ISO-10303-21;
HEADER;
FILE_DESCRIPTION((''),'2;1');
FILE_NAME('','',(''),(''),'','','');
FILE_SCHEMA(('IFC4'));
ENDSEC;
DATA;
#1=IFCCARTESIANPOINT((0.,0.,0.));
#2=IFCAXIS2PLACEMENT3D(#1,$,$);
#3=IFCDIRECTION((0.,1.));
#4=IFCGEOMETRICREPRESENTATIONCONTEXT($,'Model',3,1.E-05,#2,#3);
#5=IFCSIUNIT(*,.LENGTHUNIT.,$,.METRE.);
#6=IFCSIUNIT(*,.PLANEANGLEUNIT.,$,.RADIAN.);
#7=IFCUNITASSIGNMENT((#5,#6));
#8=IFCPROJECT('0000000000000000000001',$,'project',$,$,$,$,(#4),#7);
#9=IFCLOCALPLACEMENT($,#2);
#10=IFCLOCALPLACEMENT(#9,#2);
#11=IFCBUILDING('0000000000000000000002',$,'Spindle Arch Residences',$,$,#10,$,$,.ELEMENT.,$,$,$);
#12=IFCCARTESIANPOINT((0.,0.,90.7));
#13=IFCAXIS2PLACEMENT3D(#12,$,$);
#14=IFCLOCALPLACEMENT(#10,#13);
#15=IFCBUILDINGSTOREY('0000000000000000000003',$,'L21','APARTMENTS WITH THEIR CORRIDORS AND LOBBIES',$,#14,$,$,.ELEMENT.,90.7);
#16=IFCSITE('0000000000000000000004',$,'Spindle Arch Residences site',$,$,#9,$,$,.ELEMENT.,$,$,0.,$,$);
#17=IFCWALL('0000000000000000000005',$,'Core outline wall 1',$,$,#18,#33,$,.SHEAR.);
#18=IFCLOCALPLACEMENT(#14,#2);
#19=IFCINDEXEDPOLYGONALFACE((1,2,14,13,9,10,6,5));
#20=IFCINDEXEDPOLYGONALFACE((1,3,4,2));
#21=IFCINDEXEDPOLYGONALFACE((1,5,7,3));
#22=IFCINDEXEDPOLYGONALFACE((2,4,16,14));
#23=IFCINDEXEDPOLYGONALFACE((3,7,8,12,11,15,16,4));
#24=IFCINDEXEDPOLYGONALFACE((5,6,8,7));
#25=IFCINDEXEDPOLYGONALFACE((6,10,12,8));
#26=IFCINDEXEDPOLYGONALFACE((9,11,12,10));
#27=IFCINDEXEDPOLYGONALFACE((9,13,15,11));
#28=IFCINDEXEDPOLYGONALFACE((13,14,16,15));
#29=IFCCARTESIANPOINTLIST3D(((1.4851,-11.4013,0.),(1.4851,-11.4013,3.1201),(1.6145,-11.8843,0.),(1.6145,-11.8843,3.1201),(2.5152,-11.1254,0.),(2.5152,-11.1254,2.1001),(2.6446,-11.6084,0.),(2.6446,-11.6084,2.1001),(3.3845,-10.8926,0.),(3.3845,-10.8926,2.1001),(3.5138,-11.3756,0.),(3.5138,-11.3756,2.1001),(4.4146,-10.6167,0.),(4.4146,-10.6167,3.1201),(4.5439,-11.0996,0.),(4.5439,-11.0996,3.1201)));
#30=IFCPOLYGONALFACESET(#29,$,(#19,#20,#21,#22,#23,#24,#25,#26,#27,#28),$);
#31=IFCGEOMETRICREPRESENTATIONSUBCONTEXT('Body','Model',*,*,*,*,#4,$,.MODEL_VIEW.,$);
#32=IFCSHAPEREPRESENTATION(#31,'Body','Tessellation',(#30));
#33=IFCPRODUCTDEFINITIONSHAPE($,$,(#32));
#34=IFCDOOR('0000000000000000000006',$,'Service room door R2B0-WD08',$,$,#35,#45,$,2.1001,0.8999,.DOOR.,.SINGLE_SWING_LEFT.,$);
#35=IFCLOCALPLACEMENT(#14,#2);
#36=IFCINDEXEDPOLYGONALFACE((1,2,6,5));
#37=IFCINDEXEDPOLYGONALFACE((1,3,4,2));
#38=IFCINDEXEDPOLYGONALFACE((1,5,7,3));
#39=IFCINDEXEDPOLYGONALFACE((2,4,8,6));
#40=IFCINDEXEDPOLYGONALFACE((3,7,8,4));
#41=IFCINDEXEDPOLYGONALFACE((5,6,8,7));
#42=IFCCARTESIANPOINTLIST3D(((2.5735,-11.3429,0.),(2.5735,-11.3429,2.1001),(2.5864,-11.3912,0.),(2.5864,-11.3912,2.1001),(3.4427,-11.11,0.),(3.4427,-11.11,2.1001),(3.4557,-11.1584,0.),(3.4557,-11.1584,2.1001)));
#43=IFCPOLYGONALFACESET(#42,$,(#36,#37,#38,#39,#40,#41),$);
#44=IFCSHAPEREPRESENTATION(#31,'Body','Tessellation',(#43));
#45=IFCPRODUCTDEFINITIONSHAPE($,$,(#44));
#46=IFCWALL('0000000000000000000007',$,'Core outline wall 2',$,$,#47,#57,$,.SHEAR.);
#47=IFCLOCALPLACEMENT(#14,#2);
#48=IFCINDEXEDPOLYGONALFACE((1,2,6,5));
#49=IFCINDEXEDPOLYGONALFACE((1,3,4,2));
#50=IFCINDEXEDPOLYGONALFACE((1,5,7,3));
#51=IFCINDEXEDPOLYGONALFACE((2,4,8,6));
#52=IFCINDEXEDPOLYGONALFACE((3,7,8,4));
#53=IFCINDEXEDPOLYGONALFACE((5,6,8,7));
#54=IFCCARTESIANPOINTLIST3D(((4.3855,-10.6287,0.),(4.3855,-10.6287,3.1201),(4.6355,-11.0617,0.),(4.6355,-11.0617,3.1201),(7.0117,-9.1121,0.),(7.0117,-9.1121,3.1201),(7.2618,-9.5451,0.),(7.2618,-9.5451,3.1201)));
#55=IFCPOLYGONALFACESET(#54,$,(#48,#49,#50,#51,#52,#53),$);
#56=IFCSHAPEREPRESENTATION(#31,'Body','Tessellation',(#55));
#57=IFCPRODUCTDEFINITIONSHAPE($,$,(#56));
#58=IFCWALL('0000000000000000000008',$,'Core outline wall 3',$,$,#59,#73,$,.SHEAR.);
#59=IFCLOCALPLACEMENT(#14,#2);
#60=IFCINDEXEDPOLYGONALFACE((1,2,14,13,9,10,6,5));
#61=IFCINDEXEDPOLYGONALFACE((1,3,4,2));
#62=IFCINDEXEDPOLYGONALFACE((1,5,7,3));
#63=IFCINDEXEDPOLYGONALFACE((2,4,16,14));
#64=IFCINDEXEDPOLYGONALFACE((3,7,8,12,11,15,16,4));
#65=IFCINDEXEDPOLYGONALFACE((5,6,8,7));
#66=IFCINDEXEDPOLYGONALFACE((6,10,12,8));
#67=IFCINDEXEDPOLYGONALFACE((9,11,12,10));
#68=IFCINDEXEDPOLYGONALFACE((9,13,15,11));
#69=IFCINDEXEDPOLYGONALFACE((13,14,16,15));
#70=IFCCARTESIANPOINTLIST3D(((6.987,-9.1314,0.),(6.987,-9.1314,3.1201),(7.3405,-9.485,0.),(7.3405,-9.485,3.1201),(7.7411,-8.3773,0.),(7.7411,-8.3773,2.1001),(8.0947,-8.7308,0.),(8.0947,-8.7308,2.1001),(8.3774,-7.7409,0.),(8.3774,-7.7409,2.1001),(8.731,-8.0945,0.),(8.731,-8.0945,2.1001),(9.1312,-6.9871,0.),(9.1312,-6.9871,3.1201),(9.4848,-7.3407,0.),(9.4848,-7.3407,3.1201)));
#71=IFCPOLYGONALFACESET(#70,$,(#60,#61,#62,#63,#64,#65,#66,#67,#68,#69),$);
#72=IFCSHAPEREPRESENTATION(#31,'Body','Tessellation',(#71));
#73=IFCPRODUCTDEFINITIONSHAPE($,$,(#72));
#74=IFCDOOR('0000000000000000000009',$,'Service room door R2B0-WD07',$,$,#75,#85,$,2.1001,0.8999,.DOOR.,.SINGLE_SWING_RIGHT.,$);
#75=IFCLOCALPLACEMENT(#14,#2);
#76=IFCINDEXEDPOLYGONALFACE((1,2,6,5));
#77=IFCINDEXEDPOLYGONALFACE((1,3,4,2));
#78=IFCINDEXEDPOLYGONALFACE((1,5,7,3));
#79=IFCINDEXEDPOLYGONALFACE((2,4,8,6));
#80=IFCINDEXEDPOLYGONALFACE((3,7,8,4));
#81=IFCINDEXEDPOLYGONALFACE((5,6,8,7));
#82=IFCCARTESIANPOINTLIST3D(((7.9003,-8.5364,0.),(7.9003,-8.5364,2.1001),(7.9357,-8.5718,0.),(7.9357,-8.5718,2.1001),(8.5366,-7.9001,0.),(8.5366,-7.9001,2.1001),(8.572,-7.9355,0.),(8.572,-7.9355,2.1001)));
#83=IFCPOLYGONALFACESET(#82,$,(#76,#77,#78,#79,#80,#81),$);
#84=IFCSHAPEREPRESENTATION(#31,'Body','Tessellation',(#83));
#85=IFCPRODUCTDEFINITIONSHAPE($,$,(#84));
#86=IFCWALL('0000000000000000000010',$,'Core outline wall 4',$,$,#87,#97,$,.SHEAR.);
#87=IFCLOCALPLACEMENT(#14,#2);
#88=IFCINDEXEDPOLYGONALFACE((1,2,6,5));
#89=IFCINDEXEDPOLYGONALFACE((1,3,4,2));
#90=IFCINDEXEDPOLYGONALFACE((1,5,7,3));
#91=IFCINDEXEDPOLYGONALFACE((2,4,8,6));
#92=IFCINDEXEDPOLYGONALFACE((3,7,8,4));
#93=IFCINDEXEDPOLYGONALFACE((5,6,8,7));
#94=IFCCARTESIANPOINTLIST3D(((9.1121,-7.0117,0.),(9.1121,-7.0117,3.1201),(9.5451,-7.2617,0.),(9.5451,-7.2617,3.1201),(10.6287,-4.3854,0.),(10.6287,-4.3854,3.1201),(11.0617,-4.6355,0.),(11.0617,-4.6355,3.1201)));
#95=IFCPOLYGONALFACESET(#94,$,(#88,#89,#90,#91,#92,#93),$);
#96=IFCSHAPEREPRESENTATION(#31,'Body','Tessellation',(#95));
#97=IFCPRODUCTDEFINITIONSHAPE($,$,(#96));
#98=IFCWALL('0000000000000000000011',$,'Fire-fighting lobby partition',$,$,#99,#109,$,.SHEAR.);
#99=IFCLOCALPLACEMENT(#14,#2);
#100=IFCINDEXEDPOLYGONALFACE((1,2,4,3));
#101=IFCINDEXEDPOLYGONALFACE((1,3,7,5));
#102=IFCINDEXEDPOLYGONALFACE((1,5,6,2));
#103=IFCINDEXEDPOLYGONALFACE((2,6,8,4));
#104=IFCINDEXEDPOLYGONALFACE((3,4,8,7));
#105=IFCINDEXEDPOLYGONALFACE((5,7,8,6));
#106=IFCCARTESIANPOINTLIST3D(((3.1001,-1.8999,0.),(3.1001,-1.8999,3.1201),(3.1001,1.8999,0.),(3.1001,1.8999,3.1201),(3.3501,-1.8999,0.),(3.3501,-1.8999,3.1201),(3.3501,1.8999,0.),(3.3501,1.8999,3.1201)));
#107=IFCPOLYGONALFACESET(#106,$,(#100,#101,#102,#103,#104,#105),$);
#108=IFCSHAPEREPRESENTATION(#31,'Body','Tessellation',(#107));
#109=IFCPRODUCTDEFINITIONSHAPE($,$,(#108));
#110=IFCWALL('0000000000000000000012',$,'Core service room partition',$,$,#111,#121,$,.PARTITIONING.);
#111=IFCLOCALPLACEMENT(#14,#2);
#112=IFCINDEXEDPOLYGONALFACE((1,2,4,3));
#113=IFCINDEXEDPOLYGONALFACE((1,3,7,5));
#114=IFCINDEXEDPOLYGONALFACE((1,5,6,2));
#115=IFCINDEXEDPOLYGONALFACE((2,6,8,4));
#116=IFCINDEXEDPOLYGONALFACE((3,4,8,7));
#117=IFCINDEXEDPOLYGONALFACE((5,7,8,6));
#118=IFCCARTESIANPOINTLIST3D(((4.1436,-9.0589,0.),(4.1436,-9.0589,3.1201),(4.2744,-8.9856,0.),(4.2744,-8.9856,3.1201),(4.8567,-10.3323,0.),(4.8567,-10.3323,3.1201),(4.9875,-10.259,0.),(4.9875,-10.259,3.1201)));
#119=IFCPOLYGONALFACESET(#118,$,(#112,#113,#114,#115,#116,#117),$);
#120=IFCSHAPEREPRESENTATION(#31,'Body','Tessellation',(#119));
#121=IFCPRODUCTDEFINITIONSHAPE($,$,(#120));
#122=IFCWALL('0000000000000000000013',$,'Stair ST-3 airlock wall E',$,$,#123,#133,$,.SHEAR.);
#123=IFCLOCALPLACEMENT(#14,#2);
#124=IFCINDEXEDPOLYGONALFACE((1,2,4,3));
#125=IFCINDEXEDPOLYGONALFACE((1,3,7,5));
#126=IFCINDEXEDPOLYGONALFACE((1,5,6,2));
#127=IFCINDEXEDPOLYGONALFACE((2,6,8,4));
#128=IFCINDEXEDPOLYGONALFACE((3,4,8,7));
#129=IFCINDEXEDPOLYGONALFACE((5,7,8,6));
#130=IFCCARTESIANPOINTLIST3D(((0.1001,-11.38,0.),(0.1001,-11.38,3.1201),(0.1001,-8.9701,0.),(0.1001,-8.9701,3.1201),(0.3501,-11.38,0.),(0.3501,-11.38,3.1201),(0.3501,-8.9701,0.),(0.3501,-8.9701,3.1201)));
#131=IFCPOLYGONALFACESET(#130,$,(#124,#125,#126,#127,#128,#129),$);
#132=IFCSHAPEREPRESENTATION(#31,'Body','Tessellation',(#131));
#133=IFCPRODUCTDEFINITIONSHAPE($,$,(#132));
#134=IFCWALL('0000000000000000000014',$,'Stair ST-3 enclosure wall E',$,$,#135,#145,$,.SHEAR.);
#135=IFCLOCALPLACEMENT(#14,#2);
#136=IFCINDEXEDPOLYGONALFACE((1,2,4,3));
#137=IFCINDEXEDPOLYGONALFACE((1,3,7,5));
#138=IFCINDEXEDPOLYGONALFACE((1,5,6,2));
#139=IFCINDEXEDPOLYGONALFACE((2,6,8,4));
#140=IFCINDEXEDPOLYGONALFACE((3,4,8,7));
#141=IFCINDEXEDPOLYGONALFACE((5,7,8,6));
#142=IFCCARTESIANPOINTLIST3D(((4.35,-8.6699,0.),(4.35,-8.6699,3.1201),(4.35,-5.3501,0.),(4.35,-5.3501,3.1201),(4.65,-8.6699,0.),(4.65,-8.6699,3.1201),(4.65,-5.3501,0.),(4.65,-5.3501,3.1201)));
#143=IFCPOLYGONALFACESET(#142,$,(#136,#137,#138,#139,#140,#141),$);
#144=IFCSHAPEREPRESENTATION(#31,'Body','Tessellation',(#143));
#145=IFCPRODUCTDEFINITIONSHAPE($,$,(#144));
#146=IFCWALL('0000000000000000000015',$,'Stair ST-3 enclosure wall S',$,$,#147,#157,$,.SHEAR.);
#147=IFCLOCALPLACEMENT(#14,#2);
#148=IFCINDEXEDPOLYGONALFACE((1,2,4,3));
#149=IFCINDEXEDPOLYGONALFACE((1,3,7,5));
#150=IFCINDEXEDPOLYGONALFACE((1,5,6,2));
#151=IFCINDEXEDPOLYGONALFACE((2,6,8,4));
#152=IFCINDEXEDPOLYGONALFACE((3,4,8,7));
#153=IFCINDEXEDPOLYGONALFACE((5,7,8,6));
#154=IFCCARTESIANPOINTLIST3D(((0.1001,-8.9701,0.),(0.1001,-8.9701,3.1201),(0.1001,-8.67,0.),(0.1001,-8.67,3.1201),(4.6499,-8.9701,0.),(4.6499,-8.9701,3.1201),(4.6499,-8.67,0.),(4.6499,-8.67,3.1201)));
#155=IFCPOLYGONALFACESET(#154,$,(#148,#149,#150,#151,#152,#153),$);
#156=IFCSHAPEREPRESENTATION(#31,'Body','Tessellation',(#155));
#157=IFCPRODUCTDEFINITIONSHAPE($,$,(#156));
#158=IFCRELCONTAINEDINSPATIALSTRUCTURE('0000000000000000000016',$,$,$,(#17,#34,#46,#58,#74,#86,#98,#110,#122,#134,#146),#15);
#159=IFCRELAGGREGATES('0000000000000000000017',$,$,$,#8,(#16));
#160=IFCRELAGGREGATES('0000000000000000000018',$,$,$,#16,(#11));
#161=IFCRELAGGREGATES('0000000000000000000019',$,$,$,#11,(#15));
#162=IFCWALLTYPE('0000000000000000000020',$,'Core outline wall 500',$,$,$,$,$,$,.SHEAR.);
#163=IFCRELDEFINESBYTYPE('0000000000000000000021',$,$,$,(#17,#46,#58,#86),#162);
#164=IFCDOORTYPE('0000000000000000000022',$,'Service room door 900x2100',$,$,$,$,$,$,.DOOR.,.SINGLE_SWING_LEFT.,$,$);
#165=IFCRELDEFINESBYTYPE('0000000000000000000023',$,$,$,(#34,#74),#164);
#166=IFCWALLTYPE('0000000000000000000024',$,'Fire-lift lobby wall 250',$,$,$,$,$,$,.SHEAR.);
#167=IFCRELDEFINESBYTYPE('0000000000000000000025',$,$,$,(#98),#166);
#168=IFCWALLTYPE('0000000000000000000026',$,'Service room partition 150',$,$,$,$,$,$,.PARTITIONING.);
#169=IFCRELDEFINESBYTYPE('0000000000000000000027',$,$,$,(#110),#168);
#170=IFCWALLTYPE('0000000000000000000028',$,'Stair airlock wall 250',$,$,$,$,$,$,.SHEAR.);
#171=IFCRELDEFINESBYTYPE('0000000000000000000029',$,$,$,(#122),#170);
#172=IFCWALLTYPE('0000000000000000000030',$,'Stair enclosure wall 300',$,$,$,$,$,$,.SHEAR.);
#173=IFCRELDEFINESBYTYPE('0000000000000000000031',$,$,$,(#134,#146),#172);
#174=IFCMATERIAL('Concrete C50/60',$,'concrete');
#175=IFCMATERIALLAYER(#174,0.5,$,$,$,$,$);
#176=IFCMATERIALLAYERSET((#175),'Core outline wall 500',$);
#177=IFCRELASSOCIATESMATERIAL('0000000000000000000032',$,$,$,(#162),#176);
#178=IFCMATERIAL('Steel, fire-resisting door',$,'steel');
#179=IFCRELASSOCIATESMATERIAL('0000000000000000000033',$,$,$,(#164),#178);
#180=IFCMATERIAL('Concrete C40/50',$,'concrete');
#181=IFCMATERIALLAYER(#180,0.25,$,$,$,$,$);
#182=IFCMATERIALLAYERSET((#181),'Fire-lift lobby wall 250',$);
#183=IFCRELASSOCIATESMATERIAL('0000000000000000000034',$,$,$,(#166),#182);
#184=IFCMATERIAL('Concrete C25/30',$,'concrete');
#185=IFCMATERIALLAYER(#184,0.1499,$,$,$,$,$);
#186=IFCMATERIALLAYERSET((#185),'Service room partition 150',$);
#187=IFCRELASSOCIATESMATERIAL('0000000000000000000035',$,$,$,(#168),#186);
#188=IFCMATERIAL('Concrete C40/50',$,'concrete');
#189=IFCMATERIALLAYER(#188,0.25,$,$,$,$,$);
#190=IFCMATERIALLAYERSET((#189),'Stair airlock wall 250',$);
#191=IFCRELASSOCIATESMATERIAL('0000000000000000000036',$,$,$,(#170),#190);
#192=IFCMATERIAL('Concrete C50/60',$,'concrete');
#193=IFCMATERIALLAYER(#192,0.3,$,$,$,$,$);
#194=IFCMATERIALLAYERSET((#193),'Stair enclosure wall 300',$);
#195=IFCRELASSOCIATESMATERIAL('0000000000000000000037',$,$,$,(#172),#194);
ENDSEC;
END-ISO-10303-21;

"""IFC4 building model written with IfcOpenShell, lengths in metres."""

from ifc_helpers import new_model, si_unit, direction, frame, frame_2d, origin, place, context, subcontext, project, spatial, rectangle, extrude, material, layer, layer_set, type_object, element, fill, save


model = new_model("IFC4")

# Units and contexts
model_context = context("Model", 3, precision=1e-05, world=origin(), true_north=direction((0.0, 1.0)))
body_context = subcontext(model_context, "Body", "Model", "MODEL_VIEW")
ifc_project = project(units=[si_unit("LENGTHUNIT", "METRE"), si_unit("PLANEANGLEUNIT", "RADIAN")], contexts=[model_context])

# Site, building, storey
site_placement = place(None, origin())
site = spatial("IfcSite", under=ifc_project, at=site_placement, Name="Spindle Arch Residences site", CompositionType="ELEMENT", RefElevation=0.0)
building_placement = place(site_placement, origin())
building = spatial("IfcBuilding", under=site, at=building_placement, Name="Spindle Arch Residences", CompositionType="ELEMENT")
storey_placement = place(building_placement, frame((0.0, 0.0, 90.7)))
storey = spatial("IfcBuildingStorey", under=building, at=storey_placement, Name="L21", Description="APARTMENTS WITH THEIR CORRIDORS AND LOBBIES", CompositionType="ELEMENT", Elevation=90.7)

# Wall, opening, door
ifc_material_1 = material(Name="Concrete C50/60", Category="concrete")
ifc_layer_1 = layer(ifc_material_1, 0.5)
ifc_layer_set_1 = layer_set([ifc_layer_1], Name="Core outline wall 500")
wall_type_1 = type_object("IfcWallType", Name="Core outline wall 500", PredefinedType="SHEAR", material=ifc_layer_set_1)
wall_1_placement = place(storey_placement, frame((1.5498, -11.6428, 0.0), z_axis=(0.0, 0.0, 1.0), x_axis=(0.965948, 0.258735, 0.0)))
wall_1 = element("IfcWall", 1, at=wall_1_placement, inside=storey, type_object=wall_type_1, Name="Core outline wall 1", PredefinedType="SHEAR", context=body_context, shape_type="SweptSolid", body=[
    extrude(rectangle(XDim=3.0327, YDim=0.5, at=frame_2d((1.5164, 0.0))), origin(), (0.0, 0.0, 1.0), 3.1201),
])
opening_1_placement = place(wall_1_placement, frame((1.0664, 0.0, 0.0)))
opening_1 = element("IfcOpeningElement", 2, at=opening_1_placement, cuts=wall_1, PredefinedType="OPENING", context=body_context, shape_type="SweptSolid", body=[
    extrude(rectangle(XDim=0.8999, YDim=2.1001, at=frame_2d((0.45, 1.05))), frame((0.0, 0.26, 0.0), z_axis=(0.0, -1.0, 0.0), x_axis=(1.0, 0.0, 0.0)), (0.0, 0.0, 1.0), 0.52),
])
ifc_material_2 = material(Name="Steel, fire-resisting door", Category="steel")
door_type_1 = type_object("IfcDoorType", Name="Service room door 900x2100", OperationType="SINGLE_SWING_LEFT", PredefinedType="DOOR", material=ifc_material_2)
door_1_placement = place(opening_1_placement, origin())
door_1 = element("IfcDoor", 3, at=door_1_placement, inside=storey, type_object=door_type_1, Name="Service room door R2B0-WD08", OperationType="SINGLE_SWING_LEFT", OverallHeight=2.1001, OverallWidth=0.8999, PredefinedType="DOOR", context=body_context, shape_type="SweptSolid", body=[
    extrude(rectangle(XDim=0.8999, YDim=2.1001, at=frame_2d((0.45, 1.05))), frame((0.0, 0.0249, 0.0), z_axis=(0.0, -1.0, 0.0), x_axis=(1.0, 0.0, 0.0)), (0.0, 0.0, 1.0), 0.05),
])
fill(opening_1, door_1)

# Wall
wall_2_placement = place(storey_placement, frame((4.5105, -10.8452, 0.0), z_axis=(0.0, 0.0, 1.0), x_axis=(0.865975, 0.500087, 0.0)))
element("IfcWall", 4, at=wall_2_placement, inside=storey, type_object=wall_type_1, Name="Core outline wall 2", PredefinedType="SHEAR", context=body_context, shape_type="SweptSolid", body=[
    extrude(rectangle(XDim=3.0327, YDim=0.5, at=frame_2d((1.5164, 0.0))), origin(), (0.0, 0.0, 1.0), 3.1201),
])

# Wall, opening, door
wall_3_placement = place(storey_placement, frame((7.1638, -9.3081, 0.0), z_axis=(0.0, 0.0, 1.0), x_axis=(0.707107, 0.707107, 0.0)))
wall_3 = element("IfcWall", 5, at=wall_3_placement, inside=storey, type_object=wall_type_1, Name="Core outline wall 3", PredefinedType="SHEAR", context=body_context, shape_type="SweptSolid", body=[
    extrude(rectangle(XDim=3.0325, YDim=0.5, at=frame_2d((1.5161, 0.0))), origin(), (0.0, 0.0, 1.0), 3.1201),
])
opening_2_placement = place(wall_3_placement, frame((1.0664, 0.0, 0.0)))
opening_2 = element("IfcOpeningElement", 6, at=opening_2_placement, cuts=wall_3, PredefinedType="OPENING", context=body_context, shape_type="SweptSolid", body=[
    extrude(rectangle(XDim=0.8999, YDim=2.1001, at=frame_2d((0.45, 1.05))), frame((0.0, 0.26, 0.0), z_axis=(0.0, -1.0, 0.0), x_axis=(1.0, 0.0, 0.0)), (0.0, 0.0, 1.0), 0.52),
])
door_2_placement = place(opening_2_placement, origin())
door_2 = element("IfcDoor", 7, at=door_2_placement, inside=storey, type_object=door_type_1, Name="Service room door R2B0-WD07", OperationType="SINGLE_SWING_RIGHT", OverallHeight=2.1001, OverallWidth=0.8999, PredefinedType="DOOR", context=body_context, shape_type="SweptSolid", body=[
    extrude(rectangle(XDim=0.8999, YDim=2.1001, at=frame_2d((0.45, 1.05))), frame((0.0, 0.0249, 0.0), z_axis=(0.0, -1.0, 0.0), x_axis=(1.0, 0.0, 0.0)), (0.0, 0.0, 1.0), 0.05),
])
fill(opening_2, door_2)

# Walls
wall_4_placement = place(storey_placement, frame((9.3286, -7.1367, 0.0), z_axis=(0.0, 0.0, 1.0), x_axis=(0.500087, 0.865975, 0.0)))
element("IfcWall", 8, at=wall_4_placement, inside=storey, type_object=wall_type_1, Name="Core outline wall 4", PredefinedType="SHEAR", context=body_context, shape_type="SweptSolid", body=[
    extrude(rectangle(XDim=3.0327, YDim=0.5, at=frame_2d((1.5164, 0.0))), origin(), (0.0, 0.0, 1.0), 3.1201),
])
ifc_material_3 = material(Name="Concrete C40/50", Category="concrete")
ifc_layer_2 = layer(ifc_material_3, 0.25)
ifc_layer_set_2 = layer_set([ifc_layer_2], Name="Fire-lift lobby wall 250")
wall_type_2 = type_object("IfcWallType", Name="Fire-lift lobby wall 250", PredefinedType="SHEAR", material=ifc_layer_set_2)
wall_5_placement = place(storey_placement, frame((3.2251, -1.8999, 0.0), z_axis=(0.0, 0.0, 1.0), x_axis=(0.0, 1.0, 0.0)))
element("IfcWall", 9, at=wall_5_placement, inside=storey, type_object=wall_type_2, Name="Fire-fighting lobby partition", PredefinedType="SHEAR", context=body_context, shape_type="SweptSolid", body=[
    extrude(rectangle(XDim=3.7998, YDim=0.25, at=frame_2d((1.8999, 0.0))), origin(), (0.0, 0.0, 1.0), 3.1201),
])

# Walls
ifc_material_4 = material(Name="Concrete C25/30", Category="concrete")
ifc_layer_3 = layer(ifc_material_4, 0.1499)
ifc_layer_set_3 = layer_set([ifc_layer_3], Name="Service room partition 150")
wall_type_3 = type_object("IfcWallType", Name="Service room partition 150", PredefinedType="PARTITIONING", material=ifc_layer_set_3)
wall_6_placement = place(storey_placement, frame((4.9221, -10.2957, 0.0), z_axis=(0.0, 0.0, 1.0), x_axis=(-0.488608, 0.872503, 0.0)))
element("IfcWall", 10, at=wall_6_placement, inside=storey, type_object=wall_type_3, Name="Core service room partition", PredefinedType="PARTITIONING", context=body_context, shape_type="SweptSolid", body=[
    extrude(rectangle(XDim=1.4595, YDim=0.1499, at=frame_2d((0.7297, 0.0))), origin(), (0.0, 0.0, 1.0), 3.1201),
])
ifc_material_5 = material(Name="Concrete C40/50", Category="concrete")
ifc_layer_4 = layer(ifc_material_5, 0.25)
ifc_layer_set_4 = layer_set([ifc_layer_4], Name="Stair airlock wall 250")
wall_type_4 = type_object("IfcWallType", Name="Stair airlock wall 250", PredefinedType="SHEAR", material=ifc_layer_set_4)
wall_7_placement = place(storey_placement, frame((0.2251, -8.97, 0.0), z_axis=(0.0, 0.0, 1.0), x_axis=(0.0, -1.0, 0.0)))
element("IfcWall", 11, at=wall_7_placement, inside=storey, type_object=wall_type_4, Name="Stair ST-3 airlock wall E", PredefinedType="SHEAR", context=body_context, shape_type="SweptSolid", body=[
    extrude(rectangle(XDim=2.4099, YDim=0.25, at=frame_2d((1.2051, 0.0))), origin(), (0.0, 0.0, 1.0), 3.1201),
])
ifc_material_6 = material(Name="Concrete C50/60", Category="concrete")
ifc_layer_5 = layer(ifc_material_6, 0.3)
ifc_layer_set_5 = layer_set([ifc_layer_5], Name="Stair enclosure wall 300")
wall_type_5 = type_object("IfcWallType", Name="Stair enclosure wall 300", PredefinedType="SHEAR", material=ifc_layer_set_5)
wall_8_placement = place(storey_placement, frame((4.5, -8.6699, 0.0), z_axis=(0.0, 0.0, 1.0), x_axis=(0.0, 1.0, 0.0)))
element("IfcWall", 12, at=wall_8_placement, inside=storey, type_object=wall_type_5, Name="Stair ST-3 enclosure wall E", PredefinedType="SHEAR", context=body_context, shape_type="SweptSolid", body=[
    extrude(rectangle(XDim=3.3198, YDim=0.3, at=frame_2d((1.6599, 0.0))), origin(), (0.0, 0.0, 1.0), 3.1201),
])
wall_9_placement = place(storey_placement, frame((0.1001, -8.8201, 0.0), z_axis=(0.0, 0.0, 1.0), x_axis=(1.0, 0.0, 0.0)))
element("IfcWall", 13, at=wall_9_placement, inside=storey, type_object=wall_type_5, Name="Stair ST-3 enclosure wall S", PredefinedType="SHEAR", context=body_context, shape_type="SweptSolid", body=[
    extrude(rectangle(XDim=4.5498, YDim=0.3, at=frame_2d((2.2749, 0.0))), origin(), (0.0, 0.0, 1.0), 3.1201),
])

save(model, "model.ifc")
